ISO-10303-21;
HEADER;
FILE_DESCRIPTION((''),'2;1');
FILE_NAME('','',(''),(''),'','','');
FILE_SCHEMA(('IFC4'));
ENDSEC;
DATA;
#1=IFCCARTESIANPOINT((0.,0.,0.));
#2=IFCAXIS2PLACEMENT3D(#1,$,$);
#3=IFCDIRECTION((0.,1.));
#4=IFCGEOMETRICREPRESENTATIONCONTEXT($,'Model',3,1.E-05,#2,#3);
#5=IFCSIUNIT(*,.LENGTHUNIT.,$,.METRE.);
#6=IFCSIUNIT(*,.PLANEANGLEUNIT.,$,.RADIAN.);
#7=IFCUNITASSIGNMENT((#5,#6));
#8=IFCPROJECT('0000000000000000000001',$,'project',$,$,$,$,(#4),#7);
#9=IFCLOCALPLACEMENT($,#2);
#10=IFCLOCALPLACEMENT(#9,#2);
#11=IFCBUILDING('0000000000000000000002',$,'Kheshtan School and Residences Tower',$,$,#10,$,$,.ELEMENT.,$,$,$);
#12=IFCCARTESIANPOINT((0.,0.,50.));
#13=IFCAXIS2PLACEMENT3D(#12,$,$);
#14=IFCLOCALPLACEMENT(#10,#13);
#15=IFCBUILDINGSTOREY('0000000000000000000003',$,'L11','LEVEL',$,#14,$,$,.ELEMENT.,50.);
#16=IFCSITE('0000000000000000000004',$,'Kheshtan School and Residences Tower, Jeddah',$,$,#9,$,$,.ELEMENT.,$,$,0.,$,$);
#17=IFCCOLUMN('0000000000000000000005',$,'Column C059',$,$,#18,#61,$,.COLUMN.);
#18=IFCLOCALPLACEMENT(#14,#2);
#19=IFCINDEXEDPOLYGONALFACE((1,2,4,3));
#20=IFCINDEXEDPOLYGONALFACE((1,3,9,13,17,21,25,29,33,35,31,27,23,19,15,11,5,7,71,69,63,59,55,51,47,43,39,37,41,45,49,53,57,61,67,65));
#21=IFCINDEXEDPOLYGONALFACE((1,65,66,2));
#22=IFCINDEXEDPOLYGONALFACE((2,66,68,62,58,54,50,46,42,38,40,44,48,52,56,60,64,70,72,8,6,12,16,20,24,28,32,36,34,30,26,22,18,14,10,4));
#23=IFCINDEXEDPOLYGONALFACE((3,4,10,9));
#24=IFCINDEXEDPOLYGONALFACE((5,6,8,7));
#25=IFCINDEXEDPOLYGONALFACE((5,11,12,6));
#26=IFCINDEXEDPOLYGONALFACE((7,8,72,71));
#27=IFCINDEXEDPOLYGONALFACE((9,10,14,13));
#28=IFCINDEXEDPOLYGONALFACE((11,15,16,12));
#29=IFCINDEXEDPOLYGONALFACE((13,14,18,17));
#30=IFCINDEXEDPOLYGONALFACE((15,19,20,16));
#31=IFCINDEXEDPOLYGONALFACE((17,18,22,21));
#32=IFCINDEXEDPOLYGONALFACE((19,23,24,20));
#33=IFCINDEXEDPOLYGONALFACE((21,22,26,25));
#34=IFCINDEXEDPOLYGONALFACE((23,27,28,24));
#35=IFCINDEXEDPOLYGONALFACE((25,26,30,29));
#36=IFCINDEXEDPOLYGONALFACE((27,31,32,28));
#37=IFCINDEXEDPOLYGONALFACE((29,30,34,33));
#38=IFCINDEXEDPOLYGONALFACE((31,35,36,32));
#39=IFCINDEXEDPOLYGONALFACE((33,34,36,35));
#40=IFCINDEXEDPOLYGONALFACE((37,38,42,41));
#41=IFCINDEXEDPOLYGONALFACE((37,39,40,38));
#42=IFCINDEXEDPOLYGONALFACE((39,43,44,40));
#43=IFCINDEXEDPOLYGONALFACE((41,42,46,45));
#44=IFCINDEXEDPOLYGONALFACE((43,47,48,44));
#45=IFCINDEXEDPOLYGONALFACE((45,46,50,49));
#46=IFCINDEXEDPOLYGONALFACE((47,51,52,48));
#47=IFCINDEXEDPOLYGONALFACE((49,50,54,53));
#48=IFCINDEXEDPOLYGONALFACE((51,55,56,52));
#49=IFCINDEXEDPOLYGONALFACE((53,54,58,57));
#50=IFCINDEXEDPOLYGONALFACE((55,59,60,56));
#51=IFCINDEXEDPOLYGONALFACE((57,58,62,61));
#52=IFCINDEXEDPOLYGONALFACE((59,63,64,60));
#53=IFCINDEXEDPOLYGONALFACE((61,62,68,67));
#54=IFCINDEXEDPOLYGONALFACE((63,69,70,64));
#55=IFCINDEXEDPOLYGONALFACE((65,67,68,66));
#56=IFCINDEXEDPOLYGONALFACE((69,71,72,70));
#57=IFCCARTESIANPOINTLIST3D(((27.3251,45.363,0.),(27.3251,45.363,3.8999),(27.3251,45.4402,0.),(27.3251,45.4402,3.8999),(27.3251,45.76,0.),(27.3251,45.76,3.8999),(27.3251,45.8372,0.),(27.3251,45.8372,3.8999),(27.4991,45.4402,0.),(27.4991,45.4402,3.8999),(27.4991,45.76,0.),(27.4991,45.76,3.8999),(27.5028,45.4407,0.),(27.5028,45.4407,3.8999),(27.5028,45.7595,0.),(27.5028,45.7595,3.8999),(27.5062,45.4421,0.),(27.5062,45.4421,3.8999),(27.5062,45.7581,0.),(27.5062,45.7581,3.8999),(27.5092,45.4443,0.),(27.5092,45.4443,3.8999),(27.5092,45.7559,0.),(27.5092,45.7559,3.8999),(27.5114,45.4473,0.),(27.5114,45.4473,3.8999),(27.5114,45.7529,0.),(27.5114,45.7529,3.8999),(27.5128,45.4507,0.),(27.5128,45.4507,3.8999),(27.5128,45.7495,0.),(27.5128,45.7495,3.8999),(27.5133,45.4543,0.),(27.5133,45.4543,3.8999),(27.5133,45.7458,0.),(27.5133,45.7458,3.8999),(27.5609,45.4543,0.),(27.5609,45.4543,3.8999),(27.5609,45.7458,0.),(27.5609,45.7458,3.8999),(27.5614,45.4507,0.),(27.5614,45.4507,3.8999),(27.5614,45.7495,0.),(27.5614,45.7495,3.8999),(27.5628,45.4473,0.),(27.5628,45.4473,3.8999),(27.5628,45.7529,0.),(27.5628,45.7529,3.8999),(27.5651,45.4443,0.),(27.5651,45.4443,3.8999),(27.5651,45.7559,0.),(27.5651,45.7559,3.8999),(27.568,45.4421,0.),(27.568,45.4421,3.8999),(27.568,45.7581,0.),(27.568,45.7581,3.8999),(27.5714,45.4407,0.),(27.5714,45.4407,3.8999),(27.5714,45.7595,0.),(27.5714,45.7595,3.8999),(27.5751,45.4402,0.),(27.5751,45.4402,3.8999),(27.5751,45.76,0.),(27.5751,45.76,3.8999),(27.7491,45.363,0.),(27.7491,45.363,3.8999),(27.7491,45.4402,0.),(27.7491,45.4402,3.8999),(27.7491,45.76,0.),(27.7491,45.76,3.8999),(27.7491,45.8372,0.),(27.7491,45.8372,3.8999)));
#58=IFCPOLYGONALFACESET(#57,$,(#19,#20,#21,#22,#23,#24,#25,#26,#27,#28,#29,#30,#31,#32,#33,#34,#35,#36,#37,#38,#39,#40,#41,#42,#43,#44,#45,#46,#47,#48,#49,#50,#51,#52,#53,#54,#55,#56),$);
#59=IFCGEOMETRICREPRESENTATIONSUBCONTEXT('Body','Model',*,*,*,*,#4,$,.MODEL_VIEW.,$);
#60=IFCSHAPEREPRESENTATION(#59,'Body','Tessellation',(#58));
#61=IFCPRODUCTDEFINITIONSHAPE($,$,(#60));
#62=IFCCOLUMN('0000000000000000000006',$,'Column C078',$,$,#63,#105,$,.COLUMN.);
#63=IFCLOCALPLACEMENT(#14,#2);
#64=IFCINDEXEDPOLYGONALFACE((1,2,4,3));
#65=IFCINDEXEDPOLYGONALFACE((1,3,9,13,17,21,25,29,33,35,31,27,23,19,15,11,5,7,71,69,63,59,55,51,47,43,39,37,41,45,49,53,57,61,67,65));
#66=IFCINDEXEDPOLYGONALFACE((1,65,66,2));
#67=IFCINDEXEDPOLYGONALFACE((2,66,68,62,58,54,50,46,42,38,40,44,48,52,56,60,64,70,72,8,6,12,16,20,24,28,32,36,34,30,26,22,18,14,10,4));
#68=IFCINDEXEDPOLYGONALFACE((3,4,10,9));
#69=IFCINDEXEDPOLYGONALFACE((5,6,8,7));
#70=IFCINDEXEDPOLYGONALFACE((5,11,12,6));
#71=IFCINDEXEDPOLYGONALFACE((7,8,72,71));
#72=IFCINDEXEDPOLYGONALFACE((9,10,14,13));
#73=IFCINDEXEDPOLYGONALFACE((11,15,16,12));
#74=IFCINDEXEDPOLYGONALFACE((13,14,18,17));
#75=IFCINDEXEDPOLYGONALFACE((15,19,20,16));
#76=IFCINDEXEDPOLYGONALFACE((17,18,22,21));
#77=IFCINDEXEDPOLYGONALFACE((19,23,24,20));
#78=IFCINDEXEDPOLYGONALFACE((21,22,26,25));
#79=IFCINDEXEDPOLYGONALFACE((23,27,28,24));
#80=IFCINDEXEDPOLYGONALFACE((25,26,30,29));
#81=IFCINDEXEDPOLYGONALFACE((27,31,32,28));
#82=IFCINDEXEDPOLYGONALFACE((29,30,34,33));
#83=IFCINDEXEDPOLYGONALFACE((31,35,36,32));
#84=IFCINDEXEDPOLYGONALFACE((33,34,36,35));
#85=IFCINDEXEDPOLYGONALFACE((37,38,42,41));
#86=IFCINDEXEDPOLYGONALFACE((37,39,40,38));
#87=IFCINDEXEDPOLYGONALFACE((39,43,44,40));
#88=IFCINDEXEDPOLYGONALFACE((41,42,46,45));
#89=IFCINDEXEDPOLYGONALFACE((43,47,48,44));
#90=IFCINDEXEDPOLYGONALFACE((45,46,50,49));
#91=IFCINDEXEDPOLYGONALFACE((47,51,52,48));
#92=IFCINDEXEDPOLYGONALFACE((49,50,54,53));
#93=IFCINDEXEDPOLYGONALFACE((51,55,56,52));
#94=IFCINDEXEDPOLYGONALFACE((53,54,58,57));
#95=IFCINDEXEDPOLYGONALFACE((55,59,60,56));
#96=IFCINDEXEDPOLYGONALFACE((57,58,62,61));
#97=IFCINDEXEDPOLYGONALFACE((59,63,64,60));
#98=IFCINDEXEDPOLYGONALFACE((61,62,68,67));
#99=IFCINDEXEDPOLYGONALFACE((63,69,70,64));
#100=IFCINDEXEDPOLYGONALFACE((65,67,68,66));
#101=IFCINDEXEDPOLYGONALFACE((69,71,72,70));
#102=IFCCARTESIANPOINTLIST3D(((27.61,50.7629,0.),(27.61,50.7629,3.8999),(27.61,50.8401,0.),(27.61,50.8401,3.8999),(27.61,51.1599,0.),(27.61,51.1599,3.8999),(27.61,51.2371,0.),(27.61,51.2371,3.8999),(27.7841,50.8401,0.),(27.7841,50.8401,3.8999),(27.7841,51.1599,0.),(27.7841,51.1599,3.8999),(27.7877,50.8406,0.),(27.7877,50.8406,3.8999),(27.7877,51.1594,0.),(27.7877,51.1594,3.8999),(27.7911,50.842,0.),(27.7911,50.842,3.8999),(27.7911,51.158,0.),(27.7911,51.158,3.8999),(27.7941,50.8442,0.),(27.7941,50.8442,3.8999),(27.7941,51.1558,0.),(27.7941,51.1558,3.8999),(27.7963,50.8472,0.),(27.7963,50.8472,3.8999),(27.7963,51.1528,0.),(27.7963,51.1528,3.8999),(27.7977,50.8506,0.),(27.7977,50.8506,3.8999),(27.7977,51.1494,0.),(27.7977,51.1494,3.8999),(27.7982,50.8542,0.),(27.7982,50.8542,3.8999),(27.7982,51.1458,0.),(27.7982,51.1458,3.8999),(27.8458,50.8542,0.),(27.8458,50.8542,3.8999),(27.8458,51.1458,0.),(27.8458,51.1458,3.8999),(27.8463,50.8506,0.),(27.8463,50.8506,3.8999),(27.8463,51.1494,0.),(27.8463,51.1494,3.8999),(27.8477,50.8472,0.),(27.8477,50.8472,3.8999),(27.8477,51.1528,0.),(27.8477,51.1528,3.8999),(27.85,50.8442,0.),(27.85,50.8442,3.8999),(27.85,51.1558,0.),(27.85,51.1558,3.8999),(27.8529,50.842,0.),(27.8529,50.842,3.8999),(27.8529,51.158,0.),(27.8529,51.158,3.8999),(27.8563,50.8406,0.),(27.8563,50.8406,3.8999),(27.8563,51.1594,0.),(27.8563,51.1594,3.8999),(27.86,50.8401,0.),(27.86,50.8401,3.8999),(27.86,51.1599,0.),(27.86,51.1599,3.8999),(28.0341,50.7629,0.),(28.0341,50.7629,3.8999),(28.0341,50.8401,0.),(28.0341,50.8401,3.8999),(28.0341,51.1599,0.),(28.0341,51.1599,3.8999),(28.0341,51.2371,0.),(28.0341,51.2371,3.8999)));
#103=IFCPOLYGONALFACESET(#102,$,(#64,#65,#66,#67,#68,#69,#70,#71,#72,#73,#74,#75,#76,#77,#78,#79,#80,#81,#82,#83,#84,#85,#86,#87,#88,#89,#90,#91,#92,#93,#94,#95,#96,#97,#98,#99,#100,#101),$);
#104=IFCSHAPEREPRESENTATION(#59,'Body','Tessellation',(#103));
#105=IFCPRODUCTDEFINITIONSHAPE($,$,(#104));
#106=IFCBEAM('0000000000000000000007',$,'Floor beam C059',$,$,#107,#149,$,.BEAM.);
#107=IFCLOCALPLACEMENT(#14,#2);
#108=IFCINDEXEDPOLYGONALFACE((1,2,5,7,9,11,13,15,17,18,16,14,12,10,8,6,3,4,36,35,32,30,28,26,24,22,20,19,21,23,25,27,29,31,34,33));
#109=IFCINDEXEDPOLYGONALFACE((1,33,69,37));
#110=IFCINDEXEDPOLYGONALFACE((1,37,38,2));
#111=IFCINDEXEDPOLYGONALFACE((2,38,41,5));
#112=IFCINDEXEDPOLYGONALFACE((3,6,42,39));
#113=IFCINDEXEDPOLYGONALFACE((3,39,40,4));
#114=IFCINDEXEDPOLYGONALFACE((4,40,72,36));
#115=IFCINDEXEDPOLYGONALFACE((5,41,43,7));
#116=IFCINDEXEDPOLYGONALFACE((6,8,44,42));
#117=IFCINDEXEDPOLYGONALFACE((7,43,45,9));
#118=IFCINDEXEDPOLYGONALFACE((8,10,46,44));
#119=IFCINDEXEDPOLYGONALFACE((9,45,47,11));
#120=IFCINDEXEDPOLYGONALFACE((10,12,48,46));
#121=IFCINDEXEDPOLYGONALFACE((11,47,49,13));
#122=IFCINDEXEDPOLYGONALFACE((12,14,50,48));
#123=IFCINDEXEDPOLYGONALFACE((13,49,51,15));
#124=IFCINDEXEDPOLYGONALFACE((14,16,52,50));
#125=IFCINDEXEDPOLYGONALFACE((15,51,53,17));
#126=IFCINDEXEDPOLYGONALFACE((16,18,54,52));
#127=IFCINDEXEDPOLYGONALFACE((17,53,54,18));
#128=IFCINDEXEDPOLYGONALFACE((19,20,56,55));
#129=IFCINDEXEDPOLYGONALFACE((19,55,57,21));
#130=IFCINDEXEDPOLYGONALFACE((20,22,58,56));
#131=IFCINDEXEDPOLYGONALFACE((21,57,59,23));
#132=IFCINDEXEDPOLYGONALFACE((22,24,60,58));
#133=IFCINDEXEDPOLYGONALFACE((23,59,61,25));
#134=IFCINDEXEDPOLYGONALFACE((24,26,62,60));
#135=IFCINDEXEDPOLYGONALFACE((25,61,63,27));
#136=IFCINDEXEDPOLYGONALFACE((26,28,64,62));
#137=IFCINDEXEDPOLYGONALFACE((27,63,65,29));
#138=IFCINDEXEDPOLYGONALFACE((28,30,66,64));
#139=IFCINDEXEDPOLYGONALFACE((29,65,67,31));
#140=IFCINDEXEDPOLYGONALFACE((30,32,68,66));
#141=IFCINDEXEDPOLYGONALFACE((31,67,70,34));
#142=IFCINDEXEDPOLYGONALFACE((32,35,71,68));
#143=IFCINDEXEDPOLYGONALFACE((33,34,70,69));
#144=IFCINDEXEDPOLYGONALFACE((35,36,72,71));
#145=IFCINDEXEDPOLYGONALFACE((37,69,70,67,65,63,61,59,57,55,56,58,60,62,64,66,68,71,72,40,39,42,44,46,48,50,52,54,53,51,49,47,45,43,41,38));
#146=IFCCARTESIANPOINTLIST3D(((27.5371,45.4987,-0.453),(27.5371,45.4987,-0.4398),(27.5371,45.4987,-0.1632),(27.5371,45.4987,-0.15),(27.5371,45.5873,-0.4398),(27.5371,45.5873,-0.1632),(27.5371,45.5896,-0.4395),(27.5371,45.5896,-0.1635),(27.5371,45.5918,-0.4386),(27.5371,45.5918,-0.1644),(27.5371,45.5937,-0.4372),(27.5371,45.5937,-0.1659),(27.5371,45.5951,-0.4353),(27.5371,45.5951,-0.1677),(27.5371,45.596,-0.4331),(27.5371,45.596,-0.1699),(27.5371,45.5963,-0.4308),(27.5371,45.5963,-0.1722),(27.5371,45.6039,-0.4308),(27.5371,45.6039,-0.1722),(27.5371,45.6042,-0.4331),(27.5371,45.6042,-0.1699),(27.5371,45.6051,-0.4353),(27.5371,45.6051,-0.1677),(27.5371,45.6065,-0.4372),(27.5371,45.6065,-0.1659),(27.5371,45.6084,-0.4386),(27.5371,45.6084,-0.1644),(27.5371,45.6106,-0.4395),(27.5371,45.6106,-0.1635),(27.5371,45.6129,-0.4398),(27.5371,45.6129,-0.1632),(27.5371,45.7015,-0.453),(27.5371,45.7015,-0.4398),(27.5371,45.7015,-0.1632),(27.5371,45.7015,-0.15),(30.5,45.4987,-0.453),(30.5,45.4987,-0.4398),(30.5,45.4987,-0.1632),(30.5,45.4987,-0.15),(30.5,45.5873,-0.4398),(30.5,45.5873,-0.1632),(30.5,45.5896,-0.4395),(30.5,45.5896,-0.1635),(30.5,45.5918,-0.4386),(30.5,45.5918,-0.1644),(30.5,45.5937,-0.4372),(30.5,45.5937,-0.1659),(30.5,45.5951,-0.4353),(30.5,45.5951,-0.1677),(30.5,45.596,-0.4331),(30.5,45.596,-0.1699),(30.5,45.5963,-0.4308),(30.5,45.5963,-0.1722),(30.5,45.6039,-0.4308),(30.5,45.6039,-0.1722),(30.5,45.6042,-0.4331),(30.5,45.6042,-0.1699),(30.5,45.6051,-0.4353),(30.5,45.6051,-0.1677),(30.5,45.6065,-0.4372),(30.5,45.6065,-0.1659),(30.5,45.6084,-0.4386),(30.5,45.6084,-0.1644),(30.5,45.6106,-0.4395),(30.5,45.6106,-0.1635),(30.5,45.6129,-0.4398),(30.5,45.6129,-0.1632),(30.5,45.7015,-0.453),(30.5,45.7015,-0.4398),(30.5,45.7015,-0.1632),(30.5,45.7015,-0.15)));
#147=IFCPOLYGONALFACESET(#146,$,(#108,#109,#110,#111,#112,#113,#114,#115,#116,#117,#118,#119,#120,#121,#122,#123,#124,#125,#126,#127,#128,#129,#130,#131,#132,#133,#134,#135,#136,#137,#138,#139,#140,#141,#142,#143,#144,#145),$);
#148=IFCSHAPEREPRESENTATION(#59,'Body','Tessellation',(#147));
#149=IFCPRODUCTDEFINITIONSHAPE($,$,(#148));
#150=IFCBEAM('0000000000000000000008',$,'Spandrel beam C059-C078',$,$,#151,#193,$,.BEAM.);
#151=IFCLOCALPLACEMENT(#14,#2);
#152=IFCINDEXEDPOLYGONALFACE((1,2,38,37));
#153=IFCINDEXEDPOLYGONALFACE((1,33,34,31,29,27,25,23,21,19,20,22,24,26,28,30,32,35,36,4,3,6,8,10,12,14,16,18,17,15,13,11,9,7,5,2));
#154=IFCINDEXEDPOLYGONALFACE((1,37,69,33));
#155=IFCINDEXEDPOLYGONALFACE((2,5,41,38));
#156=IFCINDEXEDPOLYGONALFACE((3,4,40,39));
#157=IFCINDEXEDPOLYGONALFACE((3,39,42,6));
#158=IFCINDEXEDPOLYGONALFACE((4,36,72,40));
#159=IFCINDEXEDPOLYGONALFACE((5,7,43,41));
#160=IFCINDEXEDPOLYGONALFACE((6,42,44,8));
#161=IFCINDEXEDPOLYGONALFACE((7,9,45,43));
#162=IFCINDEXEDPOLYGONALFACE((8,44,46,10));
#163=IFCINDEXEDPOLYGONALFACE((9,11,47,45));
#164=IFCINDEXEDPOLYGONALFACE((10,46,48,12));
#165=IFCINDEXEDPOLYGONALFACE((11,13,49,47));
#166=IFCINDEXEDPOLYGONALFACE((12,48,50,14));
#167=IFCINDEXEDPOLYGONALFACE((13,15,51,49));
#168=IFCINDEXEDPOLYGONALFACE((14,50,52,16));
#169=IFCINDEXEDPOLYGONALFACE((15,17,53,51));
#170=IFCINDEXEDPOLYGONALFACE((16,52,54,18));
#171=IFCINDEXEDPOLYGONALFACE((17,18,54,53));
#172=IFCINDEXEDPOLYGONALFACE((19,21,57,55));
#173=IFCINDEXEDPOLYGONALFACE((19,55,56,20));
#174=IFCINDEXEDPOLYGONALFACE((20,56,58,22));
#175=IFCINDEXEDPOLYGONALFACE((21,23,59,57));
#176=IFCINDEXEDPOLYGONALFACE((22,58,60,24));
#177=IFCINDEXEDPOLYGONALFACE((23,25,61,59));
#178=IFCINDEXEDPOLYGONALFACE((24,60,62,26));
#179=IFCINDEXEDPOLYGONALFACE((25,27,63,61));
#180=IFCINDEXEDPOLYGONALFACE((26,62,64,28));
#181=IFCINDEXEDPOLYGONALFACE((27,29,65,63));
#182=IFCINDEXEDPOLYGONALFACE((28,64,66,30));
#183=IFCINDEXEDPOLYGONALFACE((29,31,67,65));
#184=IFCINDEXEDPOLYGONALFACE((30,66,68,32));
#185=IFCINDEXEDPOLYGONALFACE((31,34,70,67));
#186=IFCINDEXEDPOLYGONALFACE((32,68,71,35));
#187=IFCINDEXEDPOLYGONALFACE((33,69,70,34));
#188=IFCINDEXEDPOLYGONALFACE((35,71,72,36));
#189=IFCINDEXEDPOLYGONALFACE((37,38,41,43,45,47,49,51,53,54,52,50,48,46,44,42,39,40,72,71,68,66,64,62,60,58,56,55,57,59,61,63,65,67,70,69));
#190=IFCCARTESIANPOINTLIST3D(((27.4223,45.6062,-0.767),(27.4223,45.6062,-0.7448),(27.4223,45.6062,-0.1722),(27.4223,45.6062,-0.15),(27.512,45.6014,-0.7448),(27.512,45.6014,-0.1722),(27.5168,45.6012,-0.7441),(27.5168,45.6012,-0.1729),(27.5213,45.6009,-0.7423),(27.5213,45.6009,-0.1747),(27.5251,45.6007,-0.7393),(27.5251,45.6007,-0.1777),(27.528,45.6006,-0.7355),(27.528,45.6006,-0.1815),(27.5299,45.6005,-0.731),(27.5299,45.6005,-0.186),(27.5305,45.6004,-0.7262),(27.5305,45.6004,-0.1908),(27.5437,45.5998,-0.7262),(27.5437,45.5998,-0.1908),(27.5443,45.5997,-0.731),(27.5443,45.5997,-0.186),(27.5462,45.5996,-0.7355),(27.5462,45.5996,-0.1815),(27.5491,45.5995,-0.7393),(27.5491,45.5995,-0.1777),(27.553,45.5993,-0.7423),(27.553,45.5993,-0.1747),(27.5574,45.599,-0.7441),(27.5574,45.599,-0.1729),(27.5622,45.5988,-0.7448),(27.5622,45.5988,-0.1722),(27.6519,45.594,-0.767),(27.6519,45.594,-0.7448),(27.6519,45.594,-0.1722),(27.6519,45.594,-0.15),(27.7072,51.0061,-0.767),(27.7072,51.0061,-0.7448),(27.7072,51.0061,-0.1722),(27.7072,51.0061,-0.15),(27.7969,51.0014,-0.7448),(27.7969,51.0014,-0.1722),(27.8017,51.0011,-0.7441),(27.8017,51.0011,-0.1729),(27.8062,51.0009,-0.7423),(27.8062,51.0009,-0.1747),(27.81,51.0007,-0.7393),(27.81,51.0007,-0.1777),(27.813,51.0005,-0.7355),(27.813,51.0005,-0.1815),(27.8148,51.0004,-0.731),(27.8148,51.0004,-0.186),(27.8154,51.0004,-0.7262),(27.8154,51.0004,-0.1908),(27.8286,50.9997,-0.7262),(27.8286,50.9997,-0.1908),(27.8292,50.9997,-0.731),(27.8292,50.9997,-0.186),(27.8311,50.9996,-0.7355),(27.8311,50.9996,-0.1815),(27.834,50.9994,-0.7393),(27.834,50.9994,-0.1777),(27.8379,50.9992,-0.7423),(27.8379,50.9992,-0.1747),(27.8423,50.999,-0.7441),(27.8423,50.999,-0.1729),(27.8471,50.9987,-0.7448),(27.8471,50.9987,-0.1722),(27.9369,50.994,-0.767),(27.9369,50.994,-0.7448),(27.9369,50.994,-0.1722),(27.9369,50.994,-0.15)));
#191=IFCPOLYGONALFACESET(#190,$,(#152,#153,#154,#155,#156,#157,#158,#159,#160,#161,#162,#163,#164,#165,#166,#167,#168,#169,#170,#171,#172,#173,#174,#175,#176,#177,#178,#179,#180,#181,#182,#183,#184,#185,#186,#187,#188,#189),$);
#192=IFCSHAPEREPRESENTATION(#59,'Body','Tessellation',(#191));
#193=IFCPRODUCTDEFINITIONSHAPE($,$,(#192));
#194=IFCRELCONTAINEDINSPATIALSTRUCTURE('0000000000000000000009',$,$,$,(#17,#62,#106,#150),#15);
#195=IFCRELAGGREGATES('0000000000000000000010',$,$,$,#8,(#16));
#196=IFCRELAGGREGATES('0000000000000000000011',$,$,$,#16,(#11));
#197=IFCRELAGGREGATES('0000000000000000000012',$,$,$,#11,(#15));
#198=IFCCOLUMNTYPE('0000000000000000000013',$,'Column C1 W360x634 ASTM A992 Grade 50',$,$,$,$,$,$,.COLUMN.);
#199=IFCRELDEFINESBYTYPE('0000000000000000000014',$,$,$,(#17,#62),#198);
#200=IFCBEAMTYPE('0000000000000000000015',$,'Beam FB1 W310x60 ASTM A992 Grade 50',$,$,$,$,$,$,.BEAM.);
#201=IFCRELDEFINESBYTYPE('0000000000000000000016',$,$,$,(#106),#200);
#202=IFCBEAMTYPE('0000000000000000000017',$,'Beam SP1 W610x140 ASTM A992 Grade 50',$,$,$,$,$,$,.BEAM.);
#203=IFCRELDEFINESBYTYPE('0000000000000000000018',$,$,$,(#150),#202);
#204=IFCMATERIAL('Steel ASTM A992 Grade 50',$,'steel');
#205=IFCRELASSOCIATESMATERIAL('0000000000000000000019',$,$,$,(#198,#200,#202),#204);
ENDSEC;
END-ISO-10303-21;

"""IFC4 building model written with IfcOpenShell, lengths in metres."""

from ifc_helpers import new_model, si_unit, direction, frame, origin, origin_2d, place, context, subcontext, project, spatial, i_section, extrude, material, material_profile, profile_set, type_object, element, save


model = new_model("IFC4")

# Units and contexts
model_context = context("Model", 3, precision=1e-05, world=origin(), true_north=direction((0.0, 1.0)))
body_context = subcontext(model_context, "Body", "Model", "MODEL_VIEW")
ifc_project = project(units=[si_unit("LENGTHUNIT", "METRE"), si_unit("PLANEANGLEUNIT", "RADIAN")], contexts=[model_context])

# Site, building, storey
site_placement = place(None, origin())
site = spatial("IfcSite", under=ifc_project, at=site_placement, Name="Kheshtan School and Residences Tower, Jeddah", CompositionType="ELEMENT", RefElevation=0.0)
building_placement = place(site_placement, origin())
building = spatial("IfcBuilding", under=site, at=building_placement, Name="Kheshtan School and Residences Tower", CompositionType="ELEMENT")
storey_placement = place(building_placement, frame((0.0, 0.0, 50.0)))
storey = spatial("IfcBuildingStorey", under=building, at=storey_placement, Name="L11", Description="LEVEL", CompositionType="ELEMENT", Elevation=50.0)

# Columns
ifc_material_1 = material(Name="Steel ASTM A992 Grade 50", Category="steel")
ifc_material_profile_1 = material_profile(ifc_material_1, i_section(OverallWidth=0.4241, OverallDepth=0.4741, WebThickness=0.0476, FlangeThickness=0.0771, FilletRadius=0.0142, at=origin_2d()), Name="W360x634")
ifc_profile_set_1 = profile_set([ifc_material_profile_1], Name="Steel ASTM A992 Grade 50")
column_type = type_object("IfcColumnType", Name="Column C1 W360x634 ASTM A992 Grade 50", PredefinedType="COLUMN", material=ifc_profile_set_1)
for number, where, z_axis, x_axis, name in (
    (1, (27.5371, 45.6001, 0.0), (0.0, 0.0, 1.0), (1.0, 0.0, 0.0), "Column C059"),
    (2, (27.822, 51.0, 0.0), (0.0, 0.0, 1.0), (1.0, 0.0, 0.0), "Column C078"),
):
    element("IfcColumn", number, at=place(storey_placement, frame(where, z_axis=z_axis, x_axis=x_axis)), inside=storey, type_object=column_type, Name=name, PredefinedType="COLUMN", context=body_context, shape_type="SweptSolid", body=[
        extrude(i_section(OverallWidth=0.4241, OverallDepth=0.4741, WebThickness=0.0476, FlangeThickness=0.0771, FilletRadius=0.0142, at=origin_2d()), origin(), (0.0, 0.0, 1.0), 3.8999),
    ])

# Beams
ifc_material_profile_2 = material_profile(ifc_material_1, i_section(OverallWidth=0.2029, OverallDepth=0.303, WebThickness=0.0076, FlangeThickness=0.0132, FilletRadius=0.009, at=origin_2d()), Name="W310x60")
ifc_profile_set_2 = profile_set([ifc_material_profile_2], Name="Steel ASTM A992 Grade 50")
beam_type_1 = type_object("IfcBeamType", Name="Beam FB1 W310x60 ASTM A992 Grade 50", PredefinedType="BEAM", material=ifc_profile_set_2)
beam_placement = place(storey_placement, frame((27.5371, 45.6001, -0.3015), z_axis=(1.0, 0.0, 0.0), x_axis=(0.0, 1.0, 0.0)))
element("IfcBeam", 3, at=beam_placement, inside=storey, type_object=beam_type_1, Name="Floor beam C059", PredefinedType="BEAM", context=body_context, shape_type="SweptSolid", body=[
    extrude(i_section(OverallWidth=0.2029, OverallDepth=0.303, WebThickness=0.0076, FlangeThickness=0.0132, FilletRadius=0.009, at=origin_2d()), origin(), (0.0, 0.0, 1.0), 2.9629),
])
ifc_material_profile_3 = material_profile(ifc_material_1, i_section(OverallWidth=0.23, OverallDepth=0.6169, WebThickness=0.0132, FlangeThickness=0.0222, FilletRadius=0.0186, at=origin_2d()), Name="W610x140")
ifc_profile_set_3 = profile_set([ifc_material_profile_3], Name="Steel ASTM A992 Grade 50")
beam_type_2 = type_object("IfcBeamType", Name="Beam SP1 W610x140 ASTM A992 Grade 50", PredefinedType="BEAM", material=ifc_profile_set_3)
for number, where, z_axis, x_axis, name in (
    (4, (27.5371, 45.6001, -0.4585), (0.052689, 0.998611, 0.0), (-0.998611, 0.052689, 0.0), "Spandrel beam C059-C078"),
):
    element("IfcBeam", number, at=place(storey_placement, frame(where, z_axis=z_axis, x_axis=x_axis)), inside=storey, type_object=beam_type_2, Name=name, PredefinedType="BEAM", context=body_context, shape_type="SweptSolid", body=[
        extrude(i_section(OverallWidth=0.23, OverallDepth=0.6169, WebThickness=0.0132, FlangeThickness=0.0222, FilletRadius=0.0186, at=origin_2d()), origin(), (0.0, 0.0, 1.0), 5.4075),
    ])

save(model, "model.ifc")
